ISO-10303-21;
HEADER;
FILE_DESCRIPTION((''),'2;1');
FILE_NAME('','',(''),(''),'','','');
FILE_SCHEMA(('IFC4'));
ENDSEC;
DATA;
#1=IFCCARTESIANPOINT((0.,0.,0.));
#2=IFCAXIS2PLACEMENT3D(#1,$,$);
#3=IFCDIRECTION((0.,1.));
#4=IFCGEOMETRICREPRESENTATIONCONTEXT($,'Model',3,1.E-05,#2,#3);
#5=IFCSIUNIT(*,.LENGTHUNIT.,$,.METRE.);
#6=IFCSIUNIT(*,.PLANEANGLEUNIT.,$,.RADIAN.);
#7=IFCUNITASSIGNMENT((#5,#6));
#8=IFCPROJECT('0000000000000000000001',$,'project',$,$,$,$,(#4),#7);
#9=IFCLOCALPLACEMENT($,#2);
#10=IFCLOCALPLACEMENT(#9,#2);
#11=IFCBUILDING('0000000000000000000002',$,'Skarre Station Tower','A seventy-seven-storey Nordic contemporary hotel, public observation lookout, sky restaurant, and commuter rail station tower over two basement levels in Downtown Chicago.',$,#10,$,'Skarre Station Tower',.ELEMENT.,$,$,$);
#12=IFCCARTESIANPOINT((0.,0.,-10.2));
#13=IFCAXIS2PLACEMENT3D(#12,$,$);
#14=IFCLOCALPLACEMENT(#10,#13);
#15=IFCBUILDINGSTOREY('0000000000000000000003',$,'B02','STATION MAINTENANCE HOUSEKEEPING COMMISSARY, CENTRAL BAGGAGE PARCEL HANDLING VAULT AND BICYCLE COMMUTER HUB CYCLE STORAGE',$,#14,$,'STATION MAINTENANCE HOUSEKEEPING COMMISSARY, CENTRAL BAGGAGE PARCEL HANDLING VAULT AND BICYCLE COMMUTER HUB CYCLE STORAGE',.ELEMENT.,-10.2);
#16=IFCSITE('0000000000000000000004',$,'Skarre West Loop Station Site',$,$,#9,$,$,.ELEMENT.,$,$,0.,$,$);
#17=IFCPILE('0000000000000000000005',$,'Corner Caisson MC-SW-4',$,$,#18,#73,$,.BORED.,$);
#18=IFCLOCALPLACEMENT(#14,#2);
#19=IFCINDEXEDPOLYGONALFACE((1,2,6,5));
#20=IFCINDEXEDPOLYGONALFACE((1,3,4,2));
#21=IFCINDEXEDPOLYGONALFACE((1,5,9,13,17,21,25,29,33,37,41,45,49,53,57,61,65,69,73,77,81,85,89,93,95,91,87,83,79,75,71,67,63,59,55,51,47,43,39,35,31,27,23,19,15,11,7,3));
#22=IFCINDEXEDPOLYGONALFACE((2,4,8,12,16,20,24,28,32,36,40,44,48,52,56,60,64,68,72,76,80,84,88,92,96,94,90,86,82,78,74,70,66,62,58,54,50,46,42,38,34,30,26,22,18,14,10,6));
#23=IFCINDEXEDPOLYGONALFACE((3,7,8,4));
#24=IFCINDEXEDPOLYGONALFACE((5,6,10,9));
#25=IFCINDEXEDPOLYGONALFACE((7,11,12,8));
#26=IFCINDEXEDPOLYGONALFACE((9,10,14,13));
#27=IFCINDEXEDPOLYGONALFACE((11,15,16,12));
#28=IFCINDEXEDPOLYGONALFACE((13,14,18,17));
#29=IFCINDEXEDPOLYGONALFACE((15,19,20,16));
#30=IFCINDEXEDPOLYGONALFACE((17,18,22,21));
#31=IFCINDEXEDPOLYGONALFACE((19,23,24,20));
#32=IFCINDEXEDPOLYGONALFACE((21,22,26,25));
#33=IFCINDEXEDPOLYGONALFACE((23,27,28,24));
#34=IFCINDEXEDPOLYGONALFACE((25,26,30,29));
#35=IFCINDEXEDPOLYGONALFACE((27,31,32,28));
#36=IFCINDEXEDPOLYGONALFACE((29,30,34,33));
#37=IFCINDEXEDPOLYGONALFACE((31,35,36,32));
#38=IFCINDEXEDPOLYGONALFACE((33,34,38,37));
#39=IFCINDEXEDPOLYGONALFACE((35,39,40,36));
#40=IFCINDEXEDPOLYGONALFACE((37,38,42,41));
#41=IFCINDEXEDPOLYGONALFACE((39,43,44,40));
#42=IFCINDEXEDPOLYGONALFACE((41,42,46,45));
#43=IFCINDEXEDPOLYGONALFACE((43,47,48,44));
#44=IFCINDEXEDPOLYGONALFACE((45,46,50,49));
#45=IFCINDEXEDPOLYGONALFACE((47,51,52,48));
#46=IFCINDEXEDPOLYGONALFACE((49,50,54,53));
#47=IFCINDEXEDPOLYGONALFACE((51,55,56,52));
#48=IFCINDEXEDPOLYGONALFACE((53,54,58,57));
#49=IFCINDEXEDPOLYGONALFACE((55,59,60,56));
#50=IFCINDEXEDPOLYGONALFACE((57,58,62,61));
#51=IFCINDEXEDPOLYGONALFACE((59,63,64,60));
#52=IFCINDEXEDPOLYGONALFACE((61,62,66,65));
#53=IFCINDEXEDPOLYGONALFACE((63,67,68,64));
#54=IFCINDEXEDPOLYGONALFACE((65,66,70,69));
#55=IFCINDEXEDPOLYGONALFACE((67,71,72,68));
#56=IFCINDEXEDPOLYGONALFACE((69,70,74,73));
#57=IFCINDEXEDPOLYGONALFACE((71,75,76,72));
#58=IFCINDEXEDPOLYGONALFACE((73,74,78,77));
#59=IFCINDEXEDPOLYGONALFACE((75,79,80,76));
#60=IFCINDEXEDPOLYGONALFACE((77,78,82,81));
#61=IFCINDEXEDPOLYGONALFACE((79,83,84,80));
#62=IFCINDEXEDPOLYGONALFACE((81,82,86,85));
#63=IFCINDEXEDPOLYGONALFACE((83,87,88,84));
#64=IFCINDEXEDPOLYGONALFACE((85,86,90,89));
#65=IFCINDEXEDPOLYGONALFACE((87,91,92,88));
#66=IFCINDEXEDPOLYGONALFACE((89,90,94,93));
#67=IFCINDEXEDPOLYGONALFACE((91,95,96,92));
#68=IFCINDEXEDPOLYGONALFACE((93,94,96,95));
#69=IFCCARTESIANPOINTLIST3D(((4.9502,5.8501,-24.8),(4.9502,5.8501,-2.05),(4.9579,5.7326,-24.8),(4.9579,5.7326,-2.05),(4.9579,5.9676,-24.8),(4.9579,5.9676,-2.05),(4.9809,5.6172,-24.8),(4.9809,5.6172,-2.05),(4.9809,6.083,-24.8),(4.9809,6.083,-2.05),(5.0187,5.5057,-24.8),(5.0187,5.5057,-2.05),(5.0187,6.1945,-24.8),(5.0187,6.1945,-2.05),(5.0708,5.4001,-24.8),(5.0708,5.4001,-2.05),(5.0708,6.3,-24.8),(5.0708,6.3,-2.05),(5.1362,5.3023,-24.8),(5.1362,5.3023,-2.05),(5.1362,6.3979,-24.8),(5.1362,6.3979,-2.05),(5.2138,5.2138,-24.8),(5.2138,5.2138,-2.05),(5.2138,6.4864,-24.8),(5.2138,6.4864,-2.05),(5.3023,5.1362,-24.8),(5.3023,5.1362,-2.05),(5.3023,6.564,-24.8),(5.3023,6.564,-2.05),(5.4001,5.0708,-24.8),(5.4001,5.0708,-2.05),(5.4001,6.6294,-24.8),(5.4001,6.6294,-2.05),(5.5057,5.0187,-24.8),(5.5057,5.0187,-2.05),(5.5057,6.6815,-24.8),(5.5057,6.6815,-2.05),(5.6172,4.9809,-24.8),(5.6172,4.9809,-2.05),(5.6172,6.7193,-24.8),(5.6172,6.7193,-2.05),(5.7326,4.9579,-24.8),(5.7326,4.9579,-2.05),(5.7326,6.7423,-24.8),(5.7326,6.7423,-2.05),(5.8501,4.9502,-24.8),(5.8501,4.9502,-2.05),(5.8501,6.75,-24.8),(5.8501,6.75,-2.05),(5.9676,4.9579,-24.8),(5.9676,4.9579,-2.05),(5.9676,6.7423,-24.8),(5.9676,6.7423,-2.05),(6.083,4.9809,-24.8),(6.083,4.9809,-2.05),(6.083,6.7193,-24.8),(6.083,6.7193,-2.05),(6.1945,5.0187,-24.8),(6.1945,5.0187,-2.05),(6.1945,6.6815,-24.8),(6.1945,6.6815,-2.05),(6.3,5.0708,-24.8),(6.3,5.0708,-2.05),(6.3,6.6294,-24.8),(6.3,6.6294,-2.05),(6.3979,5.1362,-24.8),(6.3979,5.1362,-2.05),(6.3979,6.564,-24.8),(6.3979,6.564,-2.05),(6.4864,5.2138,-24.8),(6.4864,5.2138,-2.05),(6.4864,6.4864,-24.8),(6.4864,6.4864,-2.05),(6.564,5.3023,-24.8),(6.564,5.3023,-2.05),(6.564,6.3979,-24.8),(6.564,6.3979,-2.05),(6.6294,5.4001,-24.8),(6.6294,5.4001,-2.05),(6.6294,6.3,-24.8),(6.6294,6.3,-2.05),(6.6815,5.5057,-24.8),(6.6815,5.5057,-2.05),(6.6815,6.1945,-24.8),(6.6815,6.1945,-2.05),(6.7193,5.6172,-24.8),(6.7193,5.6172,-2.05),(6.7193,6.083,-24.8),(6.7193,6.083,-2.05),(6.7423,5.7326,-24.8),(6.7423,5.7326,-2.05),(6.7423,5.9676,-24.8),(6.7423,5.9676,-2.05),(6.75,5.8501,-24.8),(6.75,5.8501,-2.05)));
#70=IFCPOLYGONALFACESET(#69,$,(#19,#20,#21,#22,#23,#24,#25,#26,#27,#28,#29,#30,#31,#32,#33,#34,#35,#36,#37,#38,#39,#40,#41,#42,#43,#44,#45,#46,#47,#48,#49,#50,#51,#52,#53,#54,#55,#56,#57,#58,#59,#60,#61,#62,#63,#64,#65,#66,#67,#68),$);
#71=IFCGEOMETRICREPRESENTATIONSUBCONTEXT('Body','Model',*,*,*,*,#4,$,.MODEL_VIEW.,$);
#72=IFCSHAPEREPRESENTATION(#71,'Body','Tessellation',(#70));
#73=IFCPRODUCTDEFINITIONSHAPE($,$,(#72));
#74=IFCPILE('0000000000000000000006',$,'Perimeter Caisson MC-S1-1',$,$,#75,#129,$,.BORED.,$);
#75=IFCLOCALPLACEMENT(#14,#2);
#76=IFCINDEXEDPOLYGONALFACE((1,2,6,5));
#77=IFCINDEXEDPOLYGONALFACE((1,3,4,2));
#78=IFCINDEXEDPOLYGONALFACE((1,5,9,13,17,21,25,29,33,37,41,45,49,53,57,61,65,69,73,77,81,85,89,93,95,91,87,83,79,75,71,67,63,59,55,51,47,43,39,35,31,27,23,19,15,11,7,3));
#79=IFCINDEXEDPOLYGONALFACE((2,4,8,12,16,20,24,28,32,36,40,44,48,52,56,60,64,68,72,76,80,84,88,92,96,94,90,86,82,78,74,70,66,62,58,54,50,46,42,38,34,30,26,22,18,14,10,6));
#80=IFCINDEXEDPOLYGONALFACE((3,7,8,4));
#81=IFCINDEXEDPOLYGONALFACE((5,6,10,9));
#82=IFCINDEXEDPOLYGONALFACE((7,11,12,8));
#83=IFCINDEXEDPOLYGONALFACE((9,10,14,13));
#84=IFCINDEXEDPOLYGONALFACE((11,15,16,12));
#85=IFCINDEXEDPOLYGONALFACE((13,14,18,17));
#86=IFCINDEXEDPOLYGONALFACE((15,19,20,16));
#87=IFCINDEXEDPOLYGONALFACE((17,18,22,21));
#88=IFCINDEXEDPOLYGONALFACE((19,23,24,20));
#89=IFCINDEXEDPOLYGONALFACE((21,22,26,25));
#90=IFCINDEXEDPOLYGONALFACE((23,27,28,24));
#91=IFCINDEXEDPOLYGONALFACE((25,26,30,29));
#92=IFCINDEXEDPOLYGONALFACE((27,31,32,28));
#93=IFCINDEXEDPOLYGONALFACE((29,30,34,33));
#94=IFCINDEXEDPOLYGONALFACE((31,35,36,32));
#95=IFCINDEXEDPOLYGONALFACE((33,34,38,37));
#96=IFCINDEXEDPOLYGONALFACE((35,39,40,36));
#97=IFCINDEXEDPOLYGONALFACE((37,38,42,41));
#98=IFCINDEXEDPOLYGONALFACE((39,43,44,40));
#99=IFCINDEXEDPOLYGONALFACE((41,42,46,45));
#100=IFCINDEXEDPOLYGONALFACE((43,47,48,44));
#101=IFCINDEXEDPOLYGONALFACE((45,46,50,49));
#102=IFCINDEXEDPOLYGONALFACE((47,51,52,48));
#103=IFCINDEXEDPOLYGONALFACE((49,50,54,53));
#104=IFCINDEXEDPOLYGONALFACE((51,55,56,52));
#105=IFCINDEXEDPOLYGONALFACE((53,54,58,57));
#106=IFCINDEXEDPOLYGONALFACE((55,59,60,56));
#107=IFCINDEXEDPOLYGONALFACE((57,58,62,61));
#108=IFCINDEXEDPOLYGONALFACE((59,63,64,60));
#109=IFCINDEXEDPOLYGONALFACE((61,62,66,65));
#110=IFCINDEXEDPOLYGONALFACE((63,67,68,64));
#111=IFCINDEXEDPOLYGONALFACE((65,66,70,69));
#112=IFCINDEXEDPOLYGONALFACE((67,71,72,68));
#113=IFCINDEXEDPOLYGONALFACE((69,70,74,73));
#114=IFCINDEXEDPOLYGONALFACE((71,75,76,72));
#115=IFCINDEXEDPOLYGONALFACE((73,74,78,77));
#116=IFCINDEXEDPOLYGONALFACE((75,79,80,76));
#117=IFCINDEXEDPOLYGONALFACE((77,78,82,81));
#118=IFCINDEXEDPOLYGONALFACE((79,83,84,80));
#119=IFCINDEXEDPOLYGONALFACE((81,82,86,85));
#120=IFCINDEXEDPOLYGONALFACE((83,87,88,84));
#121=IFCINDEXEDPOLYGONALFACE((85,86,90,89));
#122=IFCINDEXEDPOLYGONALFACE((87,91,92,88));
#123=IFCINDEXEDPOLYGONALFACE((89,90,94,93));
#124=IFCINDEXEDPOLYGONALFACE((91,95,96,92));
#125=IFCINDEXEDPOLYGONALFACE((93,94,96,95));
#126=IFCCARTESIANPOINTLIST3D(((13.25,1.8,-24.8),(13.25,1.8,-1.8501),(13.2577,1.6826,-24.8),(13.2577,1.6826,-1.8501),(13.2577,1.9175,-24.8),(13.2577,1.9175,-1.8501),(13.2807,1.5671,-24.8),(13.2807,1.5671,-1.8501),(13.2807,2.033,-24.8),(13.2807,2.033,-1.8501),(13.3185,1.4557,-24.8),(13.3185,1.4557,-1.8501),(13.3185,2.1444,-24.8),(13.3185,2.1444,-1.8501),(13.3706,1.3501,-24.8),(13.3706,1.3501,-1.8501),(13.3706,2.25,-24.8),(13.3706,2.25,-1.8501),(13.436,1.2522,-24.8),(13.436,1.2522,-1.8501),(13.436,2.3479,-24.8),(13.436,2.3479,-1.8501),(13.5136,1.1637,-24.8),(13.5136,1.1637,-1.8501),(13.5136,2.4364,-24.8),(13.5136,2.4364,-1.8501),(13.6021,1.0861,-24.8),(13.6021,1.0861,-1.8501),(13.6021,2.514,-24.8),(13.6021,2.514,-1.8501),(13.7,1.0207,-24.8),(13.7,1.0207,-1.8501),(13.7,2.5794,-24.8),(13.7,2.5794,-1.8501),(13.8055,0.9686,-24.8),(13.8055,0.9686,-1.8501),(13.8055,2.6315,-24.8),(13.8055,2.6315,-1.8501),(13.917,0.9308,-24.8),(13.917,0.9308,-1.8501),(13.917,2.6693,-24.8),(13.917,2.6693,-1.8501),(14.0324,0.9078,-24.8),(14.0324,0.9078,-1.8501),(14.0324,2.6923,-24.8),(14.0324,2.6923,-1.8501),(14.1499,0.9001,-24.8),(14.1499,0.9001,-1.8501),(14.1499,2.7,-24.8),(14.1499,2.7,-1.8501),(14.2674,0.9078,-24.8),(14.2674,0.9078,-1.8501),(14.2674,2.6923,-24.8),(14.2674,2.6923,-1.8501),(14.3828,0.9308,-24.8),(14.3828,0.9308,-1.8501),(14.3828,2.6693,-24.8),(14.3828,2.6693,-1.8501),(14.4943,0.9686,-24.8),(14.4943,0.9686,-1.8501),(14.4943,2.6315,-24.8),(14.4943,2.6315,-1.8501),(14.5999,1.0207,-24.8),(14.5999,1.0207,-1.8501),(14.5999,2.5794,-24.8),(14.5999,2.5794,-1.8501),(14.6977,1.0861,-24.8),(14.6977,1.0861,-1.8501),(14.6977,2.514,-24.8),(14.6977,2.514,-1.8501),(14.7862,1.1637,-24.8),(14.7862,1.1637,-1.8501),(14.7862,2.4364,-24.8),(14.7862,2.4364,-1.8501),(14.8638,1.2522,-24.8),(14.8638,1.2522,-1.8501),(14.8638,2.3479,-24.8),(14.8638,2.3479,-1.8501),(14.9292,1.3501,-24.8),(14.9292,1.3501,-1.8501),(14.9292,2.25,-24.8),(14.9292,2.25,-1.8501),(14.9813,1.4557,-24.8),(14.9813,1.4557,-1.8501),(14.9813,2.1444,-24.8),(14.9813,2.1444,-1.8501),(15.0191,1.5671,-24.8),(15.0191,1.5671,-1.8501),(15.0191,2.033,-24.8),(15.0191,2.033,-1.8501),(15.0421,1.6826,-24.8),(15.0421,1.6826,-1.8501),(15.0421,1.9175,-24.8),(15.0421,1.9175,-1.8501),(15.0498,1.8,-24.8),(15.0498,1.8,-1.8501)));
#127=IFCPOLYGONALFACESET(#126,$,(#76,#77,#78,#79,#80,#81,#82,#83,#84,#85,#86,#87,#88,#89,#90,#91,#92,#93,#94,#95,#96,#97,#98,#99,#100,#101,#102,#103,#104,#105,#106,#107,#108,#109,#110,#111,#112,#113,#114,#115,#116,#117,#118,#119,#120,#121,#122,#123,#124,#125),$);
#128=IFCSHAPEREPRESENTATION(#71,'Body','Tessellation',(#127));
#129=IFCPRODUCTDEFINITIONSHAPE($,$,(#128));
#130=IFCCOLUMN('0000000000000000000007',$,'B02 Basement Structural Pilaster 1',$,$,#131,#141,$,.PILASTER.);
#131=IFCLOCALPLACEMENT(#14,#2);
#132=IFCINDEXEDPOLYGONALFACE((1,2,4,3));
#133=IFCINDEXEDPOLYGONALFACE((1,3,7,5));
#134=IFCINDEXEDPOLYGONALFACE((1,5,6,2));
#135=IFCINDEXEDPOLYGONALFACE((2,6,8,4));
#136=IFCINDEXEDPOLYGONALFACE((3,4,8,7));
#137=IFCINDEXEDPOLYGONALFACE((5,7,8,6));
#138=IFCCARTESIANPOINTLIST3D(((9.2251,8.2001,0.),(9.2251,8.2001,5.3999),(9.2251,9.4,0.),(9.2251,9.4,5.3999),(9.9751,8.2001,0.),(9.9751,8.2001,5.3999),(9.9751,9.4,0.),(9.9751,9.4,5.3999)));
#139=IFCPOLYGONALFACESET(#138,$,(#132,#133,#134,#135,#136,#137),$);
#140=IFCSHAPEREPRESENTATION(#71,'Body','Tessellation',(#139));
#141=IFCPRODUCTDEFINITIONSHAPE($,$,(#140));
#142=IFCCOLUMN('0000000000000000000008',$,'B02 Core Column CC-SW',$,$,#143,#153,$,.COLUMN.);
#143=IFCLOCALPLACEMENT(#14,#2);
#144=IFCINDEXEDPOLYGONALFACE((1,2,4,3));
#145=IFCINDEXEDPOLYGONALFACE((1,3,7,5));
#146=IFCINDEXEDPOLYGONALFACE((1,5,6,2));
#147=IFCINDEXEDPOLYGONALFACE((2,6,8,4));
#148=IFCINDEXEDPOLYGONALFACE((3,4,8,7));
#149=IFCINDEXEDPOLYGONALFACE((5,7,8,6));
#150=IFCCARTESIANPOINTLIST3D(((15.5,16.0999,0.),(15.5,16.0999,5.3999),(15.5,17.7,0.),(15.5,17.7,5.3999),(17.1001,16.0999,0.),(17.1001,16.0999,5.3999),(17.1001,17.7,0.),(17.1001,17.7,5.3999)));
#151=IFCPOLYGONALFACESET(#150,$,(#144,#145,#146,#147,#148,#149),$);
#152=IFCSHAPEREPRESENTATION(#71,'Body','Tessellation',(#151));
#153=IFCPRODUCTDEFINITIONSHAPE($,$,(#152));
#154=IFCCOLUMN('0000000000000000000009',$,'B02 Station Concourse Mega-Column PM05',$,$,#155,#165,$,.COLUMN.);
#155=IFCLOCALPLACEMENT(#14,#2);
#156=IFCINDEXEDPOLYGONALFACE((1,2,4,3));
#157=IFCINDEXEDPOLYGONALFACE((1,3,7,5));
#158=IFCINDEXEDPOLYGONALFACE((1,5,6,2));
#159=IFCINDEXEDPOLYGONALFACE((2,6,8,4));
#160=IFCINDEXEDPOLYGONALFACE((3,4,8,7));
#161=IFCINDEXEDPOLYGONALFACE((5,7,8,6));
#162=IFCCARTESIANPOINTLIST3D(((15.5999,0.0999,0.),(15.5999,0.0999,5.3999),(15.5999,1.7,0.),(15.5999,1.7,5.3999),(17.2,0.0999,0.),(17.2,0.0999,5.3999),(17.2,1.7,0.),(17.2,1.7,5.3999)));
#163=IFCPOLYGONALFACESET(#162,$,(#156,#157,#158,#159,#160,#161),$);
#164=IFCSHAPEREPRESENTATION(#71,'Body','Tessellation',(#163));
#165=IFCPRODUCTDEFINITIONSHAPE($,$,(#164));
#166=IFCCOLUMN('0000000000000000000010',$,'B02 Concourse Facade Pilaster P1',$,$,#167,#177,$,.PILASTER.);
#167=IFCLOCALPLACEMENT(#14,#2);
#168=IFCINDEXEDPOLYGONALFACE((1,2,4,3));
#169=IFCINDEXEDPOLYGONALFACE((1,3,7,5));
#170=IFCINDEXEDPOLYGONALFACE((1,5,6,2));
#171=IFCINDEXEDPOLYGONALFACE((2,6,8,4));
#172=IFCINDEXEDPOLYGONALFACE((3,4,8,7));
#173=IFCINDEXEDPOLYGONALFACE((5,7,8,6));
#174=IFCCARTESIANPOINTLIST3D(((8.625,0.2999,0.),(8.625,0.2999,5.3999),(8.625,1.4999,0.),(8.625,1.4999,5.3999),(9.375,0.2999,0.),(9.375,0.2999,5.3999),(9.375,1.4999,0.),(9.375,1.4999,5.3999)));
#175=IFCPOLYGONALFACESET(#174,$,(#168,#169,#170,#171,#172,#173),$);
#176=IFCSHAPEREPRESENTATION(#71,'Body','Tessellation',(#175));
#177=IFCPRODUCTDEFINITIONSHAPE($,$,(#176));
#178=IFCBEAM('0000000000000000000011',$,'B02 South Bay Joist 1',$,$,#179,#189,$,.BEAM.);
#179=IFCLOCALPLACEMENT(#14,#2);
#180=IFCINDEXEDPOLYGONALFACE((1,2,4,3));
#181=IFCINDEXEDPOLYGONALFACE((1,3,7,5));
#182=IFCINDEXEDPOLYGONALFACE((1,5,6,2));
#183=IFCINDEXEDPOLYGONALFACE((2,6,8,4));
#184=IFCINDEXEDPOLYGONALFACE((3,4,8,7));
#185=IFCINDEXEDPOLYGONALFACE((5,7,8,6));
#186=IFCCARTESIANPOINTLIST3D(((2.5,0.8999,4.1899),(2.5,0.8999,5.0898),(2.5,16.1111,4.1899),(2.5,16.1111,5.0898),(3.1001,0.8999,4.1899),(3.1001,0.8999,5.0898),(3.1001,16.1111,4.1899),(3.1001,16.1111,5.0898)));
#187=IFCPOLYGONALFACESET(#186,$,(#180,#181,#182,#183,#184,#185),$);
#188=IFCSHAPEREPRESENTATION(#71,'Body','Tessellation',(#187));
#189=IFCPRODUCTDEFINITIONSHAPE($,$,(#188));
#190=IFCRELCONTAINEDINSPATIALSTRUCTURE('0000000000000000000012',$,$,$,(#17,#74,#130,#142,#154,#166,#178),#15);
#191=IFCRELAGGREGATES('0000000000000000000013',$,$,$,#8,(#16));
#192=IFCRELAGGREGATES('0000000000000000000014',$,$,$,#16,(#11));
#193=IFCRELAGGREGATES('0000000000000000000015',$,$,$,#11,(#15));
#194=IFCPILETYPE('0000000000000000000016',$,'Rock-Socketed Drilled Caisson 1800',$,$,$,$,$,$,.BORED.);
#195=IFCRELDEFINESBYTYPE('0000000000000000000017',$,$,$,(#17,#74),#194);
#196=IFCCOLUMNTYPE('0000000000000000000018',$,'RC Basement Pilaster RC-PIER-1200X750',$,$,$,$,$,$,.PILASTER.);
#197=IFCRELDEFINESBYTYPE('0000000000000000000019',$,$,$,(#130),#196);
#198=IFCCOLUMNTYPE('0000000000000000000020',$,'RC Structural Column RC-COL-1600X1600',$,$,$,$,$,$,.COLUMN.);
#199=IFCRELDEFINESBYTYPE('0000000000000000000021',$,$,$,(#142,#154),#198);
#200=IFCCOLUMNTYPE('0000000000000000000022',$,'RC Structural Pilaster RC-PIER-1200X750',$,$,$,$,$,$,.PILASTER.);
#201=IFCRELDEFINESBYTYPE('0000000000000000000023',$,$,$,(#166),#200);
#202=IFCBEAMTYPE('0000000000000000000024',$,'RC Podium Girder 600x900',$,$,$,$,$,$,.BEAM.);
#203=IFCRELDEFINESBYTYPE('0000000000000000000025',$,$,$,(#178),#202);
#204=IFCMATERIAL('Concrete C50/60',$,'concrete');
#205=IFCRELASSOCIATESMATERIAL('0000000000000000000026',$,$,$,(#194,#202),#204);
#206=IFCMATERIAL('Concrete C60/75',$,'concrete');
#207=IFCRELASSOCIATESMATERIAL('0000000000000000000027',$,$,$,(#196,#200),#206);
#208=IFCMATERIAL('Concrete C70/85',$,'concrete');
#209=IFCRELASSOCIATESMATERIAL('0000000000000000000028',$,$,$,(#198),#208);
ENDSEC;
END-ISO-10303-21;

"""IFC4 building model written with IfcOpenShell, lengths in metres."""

from ifc_helpers import new_model, si_unit, direction, frame, origin, origin_2d, place, context, subcontext, project, spatial, rectangle, circle, extrude, material, material_profile, profile_set, type_object, element, save


model = new_model("IFC4")

# Units and contexts
model_context = context("Model", 3, precision=1e-05, world=origin(), true_north=direction((0.0, 1.0)))
body_context = subcontext(model_context, "Body", "Model", "MODEL_VIEW")
ifc_project = project(units=[si_unit("LENGTHUNIT", "METRE"), si_unit("PLANEANGLEUNIT", "RADIAN")], contexts=[model_context])

# Site, building, storey
site_placement = place(None, origin())
site = spatial("IfcSite", under=ifc_project, at=site_placement, Name="Skarre West Loop Station Site", CompositionType="ELEMENT", RefElevation=0.0)
building_placement = place(site_placement, origin())
building = spatial("IfcBuilding", under=site, at=building_placement, Name="Skarre Station Tower", Description="A seventy-seven-storey Nordic contemporary hotel, public observation lookout, sky restaurant, and commuter rail station tower over two basement levels in Downtown Chicago.", LongName="Skarre Station Tower", CompositionType="ELEMENT")
storey_placement = place(building_placement, frame((0.0, 0.0, -10.2)))
storey = spatial("IfcBuildingStorey", under=building, at=storey_placement, Name="B02", Description="STATION MAINTENANCE HOUSEKEEPING COMMISSARY, CENTRAL BAGGAGE PARCEL HANDLING VAULT AND BICYCLE COMMUTER HUB CYCLE STORAGE", LongName="STATION MAINTENANCE HOUSEKEEPING COMMISSARY, CENTRAL BAGGAGE PARCEL HANDLING VAULT AND BICYCLE COMMUTER HUB CYCLE STORAGE", CompositionType="ELEMENT", Elevation=-10.2)

# Shared definitions
ifc_material_1 = material(Name="Concrete C50/60", Category="concrete")

# Piles
ifc_material_profile_1 = material_profile(ifc_material_1, circle(Radius=0.8999, at=origin_2d()), Name="Concrete C50/60")
ifc_profile_set_1 = profile_set([ifc_material_profile_1], Name="Concrete C50/60")
pile_type_1 = type_object("IfcPileType", Name="Rock-Socketed Drilled Caisson 1800", PredefinedType="BORED", material=ifc_profile_set_1)
for number, where, z_axis, x_axis, name in (
    (1, (5.8501, 5.8501, -2.05), (0.0, 0.0, -1.0), (1.0, 0.0, 0.0), "Corner Caisson MC-SW-4"),
):
    element("IfcPile", number, at=place(storey_placement, frame(where, z_axis=z_axis, x_axis=x_axis)), inside=storey, type_object=pile_type_1, Name=name, PredefinedType="BORED", context=body_context, shape_type="SweptSolid", body=[
        extrude(circle(Radius=0.8999, at=origin_2d()), origin(), (0.0, 0.0, 1.0), 22.75),
    ])
pile_1_placement = place(storey_placement, frame((14.1499, 1.8, -1.8501), z_axis=(0.0, 0.0, -1.0), x_axis=(1.0, 0.0, 0.0)))
element("IfcPile", 2, at=pile_1_placement, inside=storey, type_object=pile_type_1, Name="Perimeter Caisson MC-S1-1", PredefinedType="BORED", context=body_context, shape_type="SweptSolid", body=[
    extrude(circle(Radius=0.8999, at=origin_2d()), origin(), (0.0, 0.0, 1.0), 22.95),
])

# Columns
ifc_material_2 = material(Name="Concrete C60/75", Category="concrete")
ifc_material_profile_2 = material_profile(ifc_material_2, rectangle(XDim=0.75, YDim=1.2, at=origin_2d()), Name="Concrete C60/75")
ifc_profile_set_2 = profile_set([ifc_material_profile_2], Name="Concrete C60/75")
column_type_1 = type_object("IfcColumnType", Name="RC Basement Pilaster RC-PIER-1200X750", PredefinedType="PILASTER", material=ifc_profile_set_2)
column_1_placement = place(storey_placement, frame((9.6001, 8.8, 0.0), z_axis=(0.0, 0.0, 1.0), x_axis=(1.0, 0.0, 0.0)))
element("IfcColumn", 3, at=column_1_placement, inside=storey, type_object=column_type_1, Name="B02 Basement Structural Pilaster 1", PredefinedType="PILASTER", context=body_context, shape_type="SweptSolid", body=[
    extrude(rectangle(XDim=0.75, YDim=1.2, at=origin_2d()), origin(), (0.0, 0.0, 1.0), 5.3999),
])
ifc_material_3 = material(Name="Concrete C70/85", Category="concrete")
ifc_material_profile_3 = material_profile(ifc_material_3, rectangle(XDim=1.6001, YDim=1.6001, at=origin_2d()), Name="Concrete C70/85")
ifc_profile_set_3 = profile_set([ifc_material_profile_3], Name="Concrete C70/85")
column_type_2 = type_object("IfcColumnType", Name="RC Structural Column RC-COL-1600X1600", PredefinedType="COLUMN", material=ifc_profile_set_3)
for number, where, z_axis, x_axis, name in (
    (4, (16.3, 16.8999, 0.0), (0.0, 0.0, 1.0), (1.0, 0.0, 0.0), "B02 Core Column CC-SW"),
    (5, (16.3999, 0.8999, 0.0), (0.0, 0.0, 1.0), (1.0, 0.0, 0.0), "B02 Station Concourse Mega-Column PM05"),
):
    element("IfcColumn", number, at=place(storey_placement, frame(where, z_axis=z_axis, x_axis=x_axis)), inside=storey, type_object=column_type_2, Name=name, PredefinedType="COLUMN", context=body_context, shape_type="SweptSolid", body=[
        extrude(rectangle(XDim=1.6001, YDim=1.6001, at=origin_2d()), origin(), (0.0, 0.0, 1.0), 5.3999),
    ])
ifc_material_profile_4 = material_profile(ifc_material_2, rectangle(XDim=0.75, YDim=1.2, at=origin_2d()), Name="Concrete C60/75")
ifc_profile_set_4 = profile_set([ifc_material_profile_4], Name="Concrete C60/75")
column_type_3 = type_object("IfcColumnType", Name="RC Structural Pilaster RC-PIER-1200X750", PredefinedType="PILASTER", material=ifc_profile_set_4)
column_2_placement = place(storey_placement, frame((9.0, 0.8999, 0.0), z_axis=(0.0, 0.0, 1.0), x_axis=(1.0, 0.0, 0.0)))
element("IfcColumn", 6, at=column_2_placement, inside=storey, type_object=column_type_3, Name="B02 Concourse Facade Pilaster P1", PredefinedType="PILASTER", context=body_context, shape_type="SweptSolid", body=[
    extrude(rectangle(XDim=0.75, YDim=1.2, at=origin_2d()), origin(), (0.0, 0.0, 1.0), 5.3999),
])

# Beam
ifc_material_profile_5 = material_profile(ifc_material_1, rectangle(XDim=0.6001, YDim=0.8999, at=origin_2d()), Name="Concrete C50/60")
ifc_profile_set_5 = profile_set([ifc_material_profile_5], Name="Concrete C50/60")
beam_type_1 = type_object("IfcBeamType", Name="RC Podium Girder 600x900", PredefinedType="BEAM", material=ifc_profile_set_5)
beam_1_placement = place(storey_placement, frame((2.8, 0.8999, 4.6399), z_axis=(0.0, 1.0, 0.0), x_axis=(-1.0, 0.0, 0.0)))
element("IfcBeam", 7, at=beam_1_placement, inside=storey, type_object=beam_type_1, Name="B02 South Bay Joist 1", PredefinedType="BEAM", context=body_context, shape_type="SweptSolid", body=[
    extrude(rectangle(XDim=0.6001, YDim=0.8999, at=origin_2d()), origin(), (0.0, 0.0, 1.0), 15.2112),
])

save(model, "model.ifc")
